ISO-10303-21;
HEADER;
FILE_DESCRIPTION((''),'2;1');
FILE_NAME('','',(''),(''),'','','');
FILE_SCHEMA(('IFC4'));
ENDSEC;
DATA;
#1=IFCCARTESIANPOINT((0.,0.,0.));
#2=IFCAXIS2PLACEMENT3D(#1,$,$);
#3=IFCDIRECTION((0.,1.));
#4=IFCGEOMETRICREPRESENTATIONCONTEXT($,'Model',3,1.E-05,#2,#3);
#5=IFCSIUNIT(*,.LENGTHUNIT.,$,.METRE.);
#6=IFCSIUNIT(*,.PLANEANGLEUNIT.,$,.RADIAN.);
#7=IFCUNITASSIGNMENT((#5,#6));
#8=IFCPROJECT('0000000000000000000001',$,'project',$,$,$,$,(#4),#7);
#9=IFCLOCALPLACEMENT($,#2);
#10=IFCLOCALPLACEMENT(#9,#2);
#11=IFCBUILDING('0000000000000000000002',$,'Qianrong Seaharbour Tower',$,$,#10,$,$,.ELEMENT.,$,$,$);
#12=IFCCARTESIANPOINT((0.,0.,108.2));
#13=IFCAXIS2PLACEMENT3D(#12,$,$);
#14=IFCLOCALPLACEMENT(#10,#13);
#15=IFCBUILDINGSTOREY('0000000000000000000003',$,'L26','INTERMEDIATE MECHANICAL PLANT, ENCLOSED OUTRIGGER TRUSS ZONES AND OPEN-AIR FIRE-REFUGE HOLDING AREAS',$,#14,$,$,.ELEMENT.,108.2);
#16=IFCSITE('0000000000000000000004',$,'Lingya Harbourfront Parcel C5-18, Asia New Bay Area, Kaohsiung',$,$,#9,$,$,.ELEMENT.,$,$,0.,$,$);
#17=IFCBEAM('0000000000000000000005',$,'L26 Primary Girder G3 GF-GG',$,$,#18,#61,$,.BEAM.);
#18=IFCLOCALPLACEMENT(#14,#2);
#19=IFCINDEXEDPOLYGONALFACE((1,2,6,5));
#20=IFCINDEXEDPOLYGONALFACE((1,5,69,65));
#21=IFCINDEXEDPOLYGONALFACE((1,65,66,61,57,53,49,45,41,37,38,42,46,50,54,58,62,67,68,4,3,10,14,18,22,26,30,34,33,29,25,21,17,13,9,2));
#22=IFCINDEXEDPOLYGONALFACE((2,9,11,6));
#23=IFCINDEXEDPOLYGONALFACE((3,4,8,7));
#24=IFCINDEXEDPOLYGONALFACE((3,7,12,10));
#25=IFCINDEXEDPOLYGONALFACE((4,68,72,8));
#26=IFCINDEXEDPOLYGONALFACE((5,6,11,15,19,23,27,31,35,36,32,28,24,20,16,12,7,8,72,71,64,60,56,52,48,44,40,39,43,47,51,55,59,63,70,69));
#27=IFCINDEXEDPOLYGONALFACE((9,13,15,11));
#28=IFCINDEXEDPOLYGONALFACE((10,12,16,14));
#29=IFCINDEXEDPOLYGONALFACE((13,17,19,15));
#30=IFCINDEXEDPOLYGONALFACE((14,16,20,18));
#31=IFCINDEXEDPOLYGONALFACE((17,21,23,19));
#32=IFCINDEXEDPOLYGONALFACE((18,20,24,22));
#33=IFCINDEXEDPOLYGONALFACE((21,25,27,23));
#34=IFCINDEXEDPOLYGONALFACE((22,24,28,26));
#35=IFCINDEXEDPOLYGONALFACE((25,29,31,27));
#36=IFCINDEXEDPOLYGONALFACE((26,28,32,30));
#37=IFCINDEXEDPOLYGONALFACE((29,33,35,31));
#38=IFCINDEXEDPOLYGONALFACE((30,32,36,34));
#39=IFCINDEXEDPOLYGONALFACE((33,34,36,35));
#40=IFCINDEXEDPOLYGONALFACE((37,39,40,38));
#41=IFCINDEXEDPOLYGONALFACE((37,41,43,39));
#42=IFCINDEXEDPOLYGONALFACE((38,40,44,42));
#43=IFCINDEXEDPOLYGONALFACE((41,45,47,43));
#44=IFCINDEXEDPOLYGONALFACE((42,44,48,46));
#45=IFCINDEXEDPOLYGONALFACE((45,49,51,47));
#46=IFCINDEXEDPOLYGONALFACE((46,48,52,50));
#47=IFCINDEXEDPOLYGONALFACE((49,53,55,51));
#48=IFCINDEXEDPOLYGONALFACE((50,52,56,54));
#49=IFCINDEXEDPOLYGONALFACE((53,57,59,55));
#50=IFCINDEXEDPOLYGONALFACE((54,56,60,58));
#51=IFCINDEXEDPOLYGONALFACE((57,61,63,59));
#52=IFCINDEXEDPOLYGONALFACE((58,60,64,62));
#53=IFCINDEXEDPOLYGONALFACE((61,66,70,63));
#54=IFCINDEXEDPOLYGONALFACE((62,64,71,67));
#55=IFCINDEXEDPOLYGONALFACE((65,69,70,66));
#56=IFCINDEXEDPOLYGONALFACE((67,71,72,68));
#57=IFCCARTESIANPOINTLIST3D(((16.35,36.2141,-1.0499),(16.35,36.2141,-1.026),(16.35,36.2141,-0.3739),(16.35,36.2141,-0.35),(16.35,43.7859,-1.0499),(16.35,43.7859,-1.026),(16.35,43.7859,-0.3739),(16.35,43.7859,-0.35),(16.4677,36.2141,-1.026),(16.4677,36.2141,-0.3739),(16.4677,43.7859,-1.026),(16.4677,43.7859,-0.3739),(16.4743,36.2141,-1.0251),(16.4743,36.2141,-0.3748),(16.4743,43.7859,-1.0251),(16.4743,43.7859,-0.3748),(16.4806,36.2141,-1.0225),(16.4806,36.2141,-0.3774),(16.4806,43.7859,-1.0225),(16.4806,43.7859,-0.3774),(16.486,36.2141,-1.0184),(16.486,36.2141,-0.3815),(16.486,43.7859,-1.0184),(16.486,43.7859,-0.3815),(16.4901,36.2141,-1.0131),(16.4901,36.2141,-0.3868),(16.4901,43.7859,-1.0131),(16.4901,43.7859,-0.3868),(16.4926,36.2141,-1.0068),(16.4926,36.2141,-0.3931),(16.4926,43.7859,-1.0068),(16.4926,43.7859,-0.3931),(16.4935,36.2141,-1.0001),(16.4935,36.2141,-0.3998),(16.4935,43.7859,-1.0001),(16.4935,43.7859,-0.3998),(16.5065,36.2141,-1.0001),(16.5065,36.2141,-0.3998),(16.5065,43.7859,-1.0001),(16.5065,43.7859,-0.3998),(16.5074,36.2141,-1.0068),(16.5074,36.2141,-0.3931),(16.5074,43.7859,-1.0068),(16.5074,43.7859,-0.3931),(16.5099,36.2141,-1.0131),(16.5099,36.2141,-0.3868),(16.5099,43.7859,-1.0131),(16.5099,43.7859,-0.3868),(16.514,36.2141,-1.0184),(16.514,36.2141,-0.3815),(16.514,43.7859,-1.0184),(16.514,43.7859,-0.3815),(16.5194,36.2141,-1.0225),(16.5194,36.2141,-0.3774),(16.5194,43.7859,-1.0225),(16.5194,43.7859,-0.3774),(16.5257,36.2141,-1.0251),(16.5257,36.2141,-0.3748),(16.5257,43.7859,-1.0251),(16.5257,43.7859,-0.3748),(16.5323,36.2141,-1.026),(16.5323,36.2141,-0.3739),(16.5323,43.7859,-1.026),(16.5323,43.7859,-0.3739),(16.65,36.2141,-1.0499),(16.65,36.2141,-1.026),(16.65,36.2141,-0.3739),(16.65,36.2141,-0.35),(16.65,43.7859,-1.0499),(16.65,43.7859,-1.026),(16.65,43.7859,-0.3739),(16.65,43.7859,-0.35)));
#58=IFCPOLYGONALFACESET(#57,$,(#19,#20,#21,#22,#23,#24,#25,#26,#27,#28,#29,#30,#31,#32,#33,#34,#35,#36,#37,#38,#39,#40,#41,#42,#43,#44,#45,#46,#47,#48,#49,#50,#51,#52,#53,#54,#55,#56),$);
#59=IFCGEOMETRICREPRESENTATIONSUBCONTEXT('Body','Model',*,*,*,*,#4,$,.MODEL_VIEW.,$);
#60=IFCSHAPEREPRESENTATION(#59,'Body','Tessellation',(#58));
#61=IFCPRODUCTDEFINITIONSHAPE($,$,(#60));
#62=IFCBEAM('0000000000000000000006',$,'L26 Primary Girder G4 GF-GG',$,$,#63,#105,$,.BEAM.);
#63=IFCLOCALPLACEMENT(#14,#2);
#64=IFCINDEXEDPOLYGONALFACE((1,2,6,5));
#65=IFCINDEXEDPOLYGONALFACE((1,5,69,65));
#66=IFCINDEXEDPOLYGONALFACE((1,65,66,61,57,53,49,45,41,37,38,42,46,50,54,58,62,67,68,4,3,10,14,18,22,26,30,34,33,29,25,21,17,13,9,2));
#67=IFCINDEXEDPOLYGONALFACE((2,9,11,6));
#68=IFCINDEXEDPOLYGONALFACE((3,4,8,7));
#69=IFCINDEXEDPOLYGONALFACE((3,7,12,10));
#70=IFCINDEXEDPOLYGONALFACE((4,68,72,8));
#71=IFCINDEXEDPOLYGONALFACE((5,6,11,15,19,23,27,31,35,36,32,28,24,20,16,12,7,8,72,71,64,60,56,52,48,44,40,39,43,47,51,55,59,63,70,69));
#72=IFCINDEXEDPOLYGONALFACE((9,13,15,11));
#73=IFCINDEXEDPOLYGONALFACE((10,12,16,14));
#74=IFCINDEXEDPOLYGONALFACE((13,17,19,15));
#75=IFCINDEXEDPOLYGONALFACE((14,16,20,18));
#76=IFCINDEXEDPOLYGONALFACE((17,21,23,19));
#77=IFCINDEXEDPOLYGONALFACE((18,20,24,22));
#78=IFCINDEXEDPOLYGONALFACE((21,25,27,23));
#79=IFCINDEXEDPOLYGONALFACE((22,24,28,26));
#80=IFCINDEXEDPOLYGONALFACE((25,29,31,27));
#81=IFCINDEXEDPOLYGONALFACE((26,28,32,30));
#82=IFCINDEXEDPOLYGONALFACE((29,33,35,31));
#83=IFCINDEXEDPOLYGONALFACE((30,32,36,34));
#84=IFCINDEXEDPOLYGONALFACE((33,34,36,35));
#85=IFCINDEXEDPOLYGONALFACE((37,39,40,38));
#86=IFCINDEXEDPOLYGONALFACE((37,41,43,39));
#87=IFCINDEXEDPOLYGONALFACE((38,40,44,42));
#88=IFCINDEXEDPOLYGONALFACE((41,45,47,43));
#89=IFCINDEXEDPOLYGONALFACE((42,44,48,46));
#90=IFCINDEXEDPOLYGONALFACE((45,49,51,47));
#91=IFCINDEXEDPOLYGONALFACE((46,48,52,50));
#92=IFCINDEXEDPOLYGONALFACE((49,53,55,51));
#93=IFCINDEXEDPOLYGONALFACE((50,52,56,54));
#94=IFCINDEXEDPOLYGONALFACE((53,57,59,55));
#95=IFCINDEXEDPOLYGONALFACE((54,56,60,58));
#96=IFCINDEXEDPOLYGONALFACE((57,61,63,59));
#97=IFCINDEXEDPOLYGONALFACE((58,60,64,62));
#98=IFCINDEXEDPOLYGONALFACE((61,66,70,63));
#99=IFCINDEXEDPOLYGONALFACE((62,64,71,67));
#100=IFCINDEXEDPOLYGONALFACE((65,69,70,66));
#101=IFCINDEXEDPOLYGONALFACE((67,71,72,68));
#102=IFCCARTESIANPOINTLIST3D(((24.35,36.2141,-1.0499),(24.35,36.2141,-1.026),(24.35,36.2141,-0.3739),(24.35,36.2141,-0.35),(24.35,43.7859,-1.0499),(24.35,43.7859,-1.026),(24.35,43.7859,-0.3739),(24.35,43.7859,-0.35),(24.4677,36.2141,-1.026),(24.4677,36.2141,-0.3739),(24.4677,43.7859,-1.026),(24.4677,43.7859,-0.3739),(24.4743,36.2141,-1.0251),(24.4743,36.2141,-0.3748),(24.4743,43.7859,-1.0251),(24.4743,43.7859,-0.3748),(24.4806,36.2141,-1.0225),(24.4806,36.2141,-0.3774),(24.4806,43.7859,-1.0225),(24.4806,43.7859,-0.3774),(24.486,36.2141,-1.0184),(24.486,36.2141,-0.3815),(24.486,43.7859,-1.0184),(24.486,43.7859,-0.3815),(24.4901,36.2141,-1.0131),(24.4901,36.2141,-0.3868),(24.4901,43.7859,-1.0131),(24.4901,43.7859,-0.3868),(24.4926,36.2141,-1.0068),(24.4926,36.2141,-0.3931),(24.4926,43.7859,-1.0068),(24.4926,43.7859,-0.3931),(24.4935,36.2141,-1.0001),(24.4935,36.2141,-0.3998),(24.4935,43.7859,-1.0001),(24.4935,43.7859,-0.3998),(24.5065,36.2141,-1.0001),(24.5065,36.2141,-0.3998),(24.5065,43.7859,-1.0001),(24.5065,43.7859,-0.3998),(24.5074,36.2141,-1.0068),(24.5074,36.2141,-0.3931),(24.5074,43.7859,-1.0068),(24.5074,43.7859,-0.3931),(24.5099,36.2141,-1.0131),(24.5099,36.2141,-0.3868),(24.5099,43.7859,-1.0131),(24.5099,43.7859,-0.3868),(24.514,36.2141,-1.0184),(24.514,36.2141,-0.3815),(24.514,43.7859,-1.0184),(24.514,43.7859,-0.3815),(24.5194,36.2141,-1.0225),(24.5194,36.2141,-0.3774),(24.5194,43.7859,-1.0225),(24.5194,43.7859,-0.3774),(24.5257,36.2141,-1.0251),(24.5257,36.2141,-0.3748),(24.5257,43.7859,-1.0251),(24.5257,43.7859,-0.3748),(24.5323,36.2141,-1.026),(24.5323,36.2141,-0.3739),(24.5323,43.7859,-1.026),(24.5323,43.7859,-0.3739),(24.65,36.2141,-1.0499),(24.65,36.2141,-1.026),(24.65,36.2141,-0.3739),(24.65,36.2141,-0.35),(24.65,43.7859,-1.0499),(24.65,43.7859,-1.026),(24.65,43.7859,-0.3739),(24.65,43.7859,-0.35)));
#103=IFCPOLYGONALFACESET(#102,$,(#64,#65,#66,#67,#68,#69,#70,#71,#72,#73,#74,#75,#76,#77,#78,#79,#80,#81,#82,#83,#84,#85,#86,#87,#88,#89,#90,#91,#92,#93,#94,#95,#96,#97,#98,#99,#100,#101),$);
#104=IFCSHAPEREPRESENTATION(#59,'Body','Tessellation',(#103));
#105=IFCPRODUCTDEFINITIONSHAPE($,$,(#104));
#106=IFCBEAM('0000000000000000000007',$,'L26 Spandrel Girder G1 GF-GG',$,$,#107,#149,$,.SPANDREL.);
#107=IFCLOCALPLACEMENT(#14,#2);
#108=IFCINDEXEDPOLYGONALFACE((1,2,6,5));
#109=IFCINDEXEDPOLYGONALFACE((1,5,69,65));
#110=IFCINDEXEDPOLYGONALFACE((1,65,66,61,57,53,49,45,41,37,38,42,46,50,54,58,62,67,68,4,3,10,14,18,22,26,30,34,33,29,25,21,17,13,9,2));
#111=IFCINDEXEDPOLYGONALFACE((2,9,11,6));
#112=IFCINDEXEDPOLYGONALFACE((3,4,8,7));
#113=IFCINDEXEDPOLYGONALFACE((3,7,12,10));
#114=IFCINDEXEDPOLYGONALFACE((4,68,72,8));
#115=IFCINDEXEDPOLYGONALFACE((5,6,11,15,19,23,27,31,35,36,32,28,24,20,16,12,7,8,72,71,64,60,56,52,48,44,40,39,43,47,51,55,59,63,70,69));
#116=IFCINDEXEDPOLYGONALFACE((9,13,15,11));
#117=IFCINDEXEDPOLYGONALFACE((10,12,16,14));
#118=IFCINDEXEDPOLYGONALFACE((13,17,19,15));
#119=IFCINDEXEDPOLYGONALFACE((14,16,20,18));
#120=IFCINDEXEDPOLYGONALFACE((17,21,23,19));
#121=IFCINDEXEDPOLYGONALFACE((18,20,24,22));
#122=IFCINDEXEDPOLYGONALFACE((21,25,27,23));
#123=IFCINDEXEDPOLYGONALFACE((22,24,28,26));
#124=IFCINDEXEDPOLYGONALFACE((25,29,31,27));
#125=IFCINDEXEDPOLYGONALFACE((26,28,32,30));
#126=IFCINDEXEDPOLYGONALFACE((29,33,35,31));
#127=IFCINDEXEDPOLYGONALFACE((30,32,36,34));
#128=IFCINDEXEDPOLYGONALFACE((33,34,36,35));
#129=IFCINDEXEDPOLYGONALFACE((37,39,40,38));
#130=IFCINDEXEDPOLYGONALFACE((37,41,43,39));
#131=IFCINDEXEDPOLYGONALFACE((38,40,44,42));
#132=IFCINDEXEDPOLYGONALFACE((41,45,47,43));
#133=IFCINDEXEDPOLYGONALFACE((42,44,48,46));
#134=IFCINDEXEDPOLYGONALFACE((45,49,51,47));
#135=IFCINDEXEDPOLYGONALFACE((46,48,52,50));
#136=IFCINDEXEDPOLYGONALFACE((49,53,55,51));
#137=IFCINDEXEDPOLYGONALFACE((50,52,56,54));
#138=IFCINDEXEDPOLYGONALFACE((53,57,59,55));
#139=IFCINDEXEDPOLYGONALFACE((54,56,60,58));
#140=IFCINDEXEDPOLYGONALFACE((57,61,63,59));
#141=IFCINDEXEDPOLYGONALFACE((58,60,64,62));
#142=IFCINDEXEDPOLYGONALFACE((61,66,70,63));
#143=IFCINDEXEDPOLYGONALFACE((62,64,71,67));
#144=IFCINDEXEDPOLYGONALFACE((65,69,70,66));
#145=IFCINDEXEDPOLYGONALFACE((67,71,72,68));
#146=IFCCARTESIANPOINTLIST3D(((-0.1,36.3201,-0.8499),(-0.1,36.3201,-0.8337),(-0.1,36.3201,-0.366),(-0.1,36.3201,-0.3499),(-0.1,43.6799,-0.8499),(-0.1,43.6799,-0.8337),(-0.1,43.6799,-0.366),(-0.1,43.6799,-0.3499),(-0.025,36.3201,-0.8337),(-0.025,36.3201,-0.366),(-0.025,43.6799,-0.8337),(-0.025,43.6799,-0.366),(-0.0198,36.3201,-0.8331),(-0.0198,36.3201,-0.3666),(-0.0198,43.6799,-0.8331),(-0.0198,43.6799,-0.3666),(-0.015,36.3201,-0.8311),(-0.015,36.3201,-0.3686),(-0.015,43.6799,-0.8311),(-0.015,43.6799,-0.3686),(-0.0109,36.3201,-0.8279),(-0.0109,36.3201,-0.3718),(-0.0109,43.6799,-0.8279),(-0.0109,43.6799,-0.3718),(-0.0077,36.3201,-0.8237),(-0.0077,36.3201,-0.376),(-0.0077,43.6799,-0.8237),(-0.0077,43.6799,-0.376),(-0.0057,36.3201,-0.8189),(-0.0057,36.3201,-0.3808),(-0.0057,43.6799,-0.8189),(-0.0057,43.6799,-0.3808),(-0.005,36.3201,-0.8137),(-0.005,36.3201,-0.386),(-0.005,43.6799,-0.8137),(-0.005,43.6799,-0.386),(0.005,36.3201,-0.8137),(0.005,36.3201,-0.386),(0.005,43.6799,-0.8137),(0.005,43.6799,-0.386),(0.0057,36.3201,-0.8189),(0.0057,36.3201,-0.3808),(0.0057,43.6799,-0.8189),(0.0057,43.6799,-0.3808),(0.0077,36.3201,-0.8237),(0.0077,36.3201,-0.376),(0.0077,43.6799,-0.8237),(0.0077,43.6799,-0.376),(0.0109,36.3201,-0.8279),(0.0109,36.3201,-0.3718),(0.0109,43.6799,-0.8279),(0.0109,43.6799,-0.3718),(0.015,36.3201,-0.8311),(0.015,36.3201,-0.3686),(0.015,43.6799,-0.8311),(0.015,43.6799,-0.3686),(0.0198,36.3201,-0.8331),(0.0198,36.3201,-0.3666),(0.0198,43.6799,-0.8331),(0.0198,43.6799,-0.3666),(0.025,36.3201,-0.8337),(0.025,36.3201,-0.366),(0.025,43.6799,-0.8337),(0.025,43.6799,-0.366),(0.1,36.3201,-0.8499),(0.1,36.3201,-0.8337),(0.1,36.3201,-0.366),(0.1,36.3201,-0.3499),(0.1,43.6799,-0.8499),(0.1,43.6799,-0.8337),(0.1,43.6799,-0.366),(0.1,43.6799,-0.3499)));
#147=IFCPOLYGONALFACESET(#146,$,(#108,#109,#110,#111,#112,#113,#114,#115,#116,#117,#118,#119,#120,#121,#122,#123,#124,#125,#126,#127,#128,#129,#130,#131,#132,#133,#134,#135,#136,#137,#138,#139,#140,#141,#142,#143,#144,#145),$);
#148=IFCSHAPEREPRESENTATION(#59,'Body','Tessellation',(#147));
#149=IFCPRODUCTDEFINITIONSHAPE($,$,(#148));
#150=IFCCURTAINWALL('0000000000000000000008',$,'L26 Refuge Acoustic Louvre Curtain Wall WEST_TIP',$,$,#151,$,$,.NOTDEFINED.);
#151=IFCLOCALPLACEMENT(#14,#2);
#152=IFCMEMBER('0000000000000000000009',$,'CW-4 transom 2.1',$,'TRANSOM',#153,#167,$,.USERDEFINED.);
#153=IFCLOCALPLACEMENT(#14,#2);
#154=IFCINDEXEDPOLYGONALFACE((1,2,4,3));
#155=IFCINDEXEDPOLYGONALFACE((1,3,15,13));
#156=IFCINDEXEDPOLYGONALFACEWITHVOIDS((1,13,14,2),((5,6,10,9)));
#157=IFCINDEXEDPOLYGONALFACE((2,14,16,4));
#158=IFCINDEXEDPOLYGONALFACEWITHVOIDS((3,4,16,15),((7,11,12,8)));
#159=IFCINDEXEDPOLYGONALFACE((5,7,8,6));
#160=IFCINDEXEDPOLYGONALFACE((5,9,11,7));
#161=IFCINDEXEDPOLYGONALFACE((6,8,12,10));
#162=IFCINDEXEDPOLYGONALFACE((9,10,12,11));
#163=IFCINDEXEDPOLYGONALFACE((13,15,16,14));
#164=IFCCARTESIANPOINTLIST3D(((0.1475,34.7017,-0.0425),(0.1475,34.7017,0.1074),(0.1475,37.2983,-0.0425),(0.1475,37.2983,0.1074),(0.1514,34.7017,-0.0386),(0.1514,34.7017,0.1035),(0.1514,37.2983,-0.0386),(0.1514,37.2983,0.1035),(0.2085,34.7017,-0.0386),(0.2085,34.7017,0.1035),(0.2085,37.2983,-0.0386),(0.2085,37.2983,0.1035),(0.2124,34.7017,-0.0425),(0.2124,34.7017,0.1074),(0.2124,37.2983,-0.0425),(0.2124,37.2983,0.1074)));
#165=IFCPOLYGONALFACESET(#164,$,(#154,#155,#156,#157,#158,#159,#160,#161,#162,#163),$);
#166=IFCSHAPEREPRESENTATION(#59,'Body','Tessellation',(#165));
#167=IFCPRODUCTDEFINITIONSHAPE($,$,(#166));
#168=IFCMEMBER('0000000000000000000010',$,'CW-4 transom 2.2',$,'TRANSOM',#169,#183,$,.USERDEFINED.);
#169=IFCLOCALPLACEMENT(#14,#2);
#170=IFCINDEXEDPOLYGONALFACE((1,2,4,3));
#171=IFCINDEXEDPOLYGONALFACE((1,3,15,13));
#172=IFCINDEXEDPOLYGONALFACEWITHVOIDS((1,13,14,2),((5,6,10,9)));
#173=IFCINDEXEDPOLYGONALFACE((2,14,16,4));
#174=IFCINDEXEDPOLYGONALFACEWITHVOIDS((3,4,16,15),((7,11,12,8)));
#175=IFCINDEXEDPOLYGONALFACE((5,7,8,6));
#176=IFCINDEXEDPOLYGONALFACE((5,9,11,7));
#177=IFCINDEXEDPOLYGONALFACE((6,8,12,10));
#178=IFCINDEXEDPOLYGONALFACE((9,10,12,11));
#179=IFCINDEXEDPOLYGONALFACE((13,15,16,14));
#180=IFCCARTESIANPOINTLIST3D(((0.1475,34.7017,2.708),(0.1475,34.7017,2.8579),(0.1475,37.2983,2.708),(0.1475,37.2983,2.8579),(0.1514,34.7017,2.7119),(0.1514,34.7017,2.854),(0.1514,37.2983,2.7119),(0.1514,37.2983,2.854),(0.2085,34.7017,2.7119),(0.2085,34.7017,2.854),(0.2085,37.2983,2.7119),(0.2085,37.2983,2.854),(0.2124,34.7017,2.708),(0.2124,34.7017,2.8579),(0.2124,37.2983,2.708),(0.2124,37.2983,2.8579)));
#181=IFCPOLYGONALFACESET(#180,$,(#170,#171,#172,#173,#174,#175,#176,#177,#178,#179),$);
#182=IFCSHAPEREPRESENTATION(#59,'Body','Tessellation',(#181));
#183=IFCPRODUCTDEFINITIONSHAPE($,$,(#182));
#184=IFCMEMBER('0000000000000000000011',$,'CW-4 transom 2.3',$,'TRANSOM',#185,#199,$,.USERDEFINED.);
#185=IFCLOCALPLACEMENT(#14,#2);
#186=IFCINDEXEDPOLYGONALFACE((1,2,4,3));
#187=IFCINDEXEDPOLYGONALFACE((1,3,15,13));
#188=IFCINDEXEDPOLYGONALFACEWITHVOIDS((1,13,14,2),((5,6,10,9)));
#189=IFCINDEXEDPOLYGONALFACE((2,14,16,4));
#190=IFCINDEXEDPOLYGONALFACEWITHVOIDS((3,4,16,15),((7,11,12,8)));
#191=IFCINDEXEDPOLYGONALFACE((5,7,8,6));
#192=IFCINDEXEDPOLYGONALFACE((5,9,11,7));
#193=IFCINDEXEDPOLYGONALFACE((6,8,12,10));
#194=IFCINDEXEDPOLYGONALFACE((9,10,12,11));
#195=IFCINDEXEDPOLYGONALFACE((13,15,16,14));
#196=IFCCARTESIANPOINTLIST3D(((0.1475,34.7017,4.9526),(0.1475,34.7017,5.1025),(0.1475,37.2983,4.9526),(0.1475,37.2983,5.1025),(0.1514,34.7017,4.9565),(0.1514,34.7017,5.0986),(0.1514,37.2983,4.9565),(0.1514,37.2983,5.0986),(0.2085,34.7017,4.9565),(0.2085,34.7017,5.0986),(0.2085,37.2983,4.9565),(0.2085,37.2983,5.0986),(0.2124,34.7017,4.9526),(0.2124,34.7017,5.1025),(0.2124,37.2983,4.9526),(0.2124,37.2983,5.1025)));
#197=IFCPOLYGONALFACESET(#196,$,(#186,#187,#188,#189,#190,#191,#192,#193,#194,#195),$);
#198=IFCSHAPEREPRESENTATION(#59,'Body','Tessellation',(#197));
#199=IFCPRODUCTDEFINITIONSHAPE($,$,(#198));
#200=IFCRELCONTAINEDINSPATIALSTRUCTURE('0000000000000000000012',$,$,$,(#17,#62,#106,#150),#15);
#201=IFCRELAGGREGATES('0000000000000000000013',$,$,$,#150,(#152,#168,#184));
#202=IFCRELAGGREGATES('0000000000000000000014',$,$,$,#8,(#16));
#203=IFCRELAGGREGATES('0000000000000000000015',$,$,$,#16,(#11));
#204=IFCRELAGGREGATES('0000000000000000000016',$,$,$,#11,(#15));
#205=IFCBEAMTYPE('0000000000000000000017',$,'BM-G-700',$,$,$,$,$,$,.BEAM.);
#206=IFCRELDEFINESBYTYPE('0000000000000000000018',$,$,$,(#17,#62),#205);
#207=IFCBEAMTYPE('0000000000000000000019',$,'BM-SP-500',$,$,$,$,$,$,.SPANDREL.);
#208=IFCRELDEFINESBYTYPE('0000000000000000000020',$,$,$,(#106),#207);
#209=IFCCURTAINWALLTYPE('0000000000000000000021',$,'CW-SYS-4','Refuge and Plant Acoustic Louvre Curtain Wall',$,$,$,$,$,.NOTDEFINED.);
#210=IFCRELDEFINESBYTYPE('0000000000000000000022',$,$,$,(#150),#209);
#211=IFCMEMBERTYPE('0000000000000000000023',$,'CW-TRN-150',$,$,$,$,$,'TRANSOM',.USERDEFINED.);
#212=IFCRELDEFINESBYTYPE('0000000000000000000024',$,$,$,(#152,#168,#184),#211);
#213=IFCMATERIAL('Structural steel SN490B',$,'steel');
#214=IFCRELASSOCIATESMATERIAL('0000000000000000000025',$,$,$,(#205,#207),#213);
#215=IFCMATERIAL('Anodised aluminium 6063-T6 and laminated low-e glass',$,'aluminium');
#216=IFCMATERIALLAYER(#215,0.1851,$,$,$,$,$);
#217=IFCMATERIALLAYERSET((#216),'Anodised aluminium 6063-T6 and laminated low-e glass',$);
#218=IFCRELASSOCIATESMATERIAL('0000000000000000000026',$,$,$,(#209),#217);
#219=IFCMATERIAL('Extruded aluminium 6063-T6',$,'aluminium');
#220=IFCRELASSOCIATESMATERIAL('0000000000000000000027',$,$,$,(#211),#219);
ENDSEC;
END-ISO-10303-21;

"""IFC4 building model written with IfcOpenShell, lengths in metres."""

from ifc_helpers import new_model, si_unit, direction, frame, origin, origin_2d, place, context, subcontext, project, spatial, hollow_rectangle, i_section, extrude, material, layer, layer_set, material_profile, profile_set, type_object, element, aggregate, save


model = new_model("IFC4")

# Units and contexts
model_context = context("Model", 3, precision=1e-05, world=origin(), true_north=direction((0.0, 1.0)))
body_context = subcontext(model_context, "Body", "Model", "MODEL_VIEW")
ifc_project = project(units=[si_unit("LENGTHUNIT", "METRE"), si_unit("PLANEANGLEUNIT", "RADIAN")], contexts=[model_context])

# Site, building, storey
site_placement = place(None, origin())
site = spatial("IfcSite", under=ifc_project, at=site_placement, Name="Lingya Harbourfront Parcel C5-18, Asia New Bay Area, Kaohsiung", CompositionType="ELEMENT", RefElevation=0.0)
building_placement = place(site_placement, origin())
building = spatial("IfcBuilding", under=site, at=building_placement, Name="Qianrong Seaharbour Tower", CompositionType="ELEMENT")
storey_placement = place(building_placement, frame((0.0, 0.0, 108.2)))
storey = spatial("IfcBuildingStorey", under=building, at=storey_placement, Name="L26", Description="INTERMEDIATE MECHANICAL PLANT, ENCLOSED OUTRIGGER TRUSS ZONES AND OPEN-AIR FIRE-REFUGE HOLDING AREAS", CompositionType="ELEMENT", Elevation=108.2)

# Shared definitions
ifc_material_1 = material(Name="Structural steel SN490B", Category="steel")

# Beams
ifc_material_profile_1 = material_profile(ifc_material_1, i_section(OverallWidth=0.3, OverallDepth=0.7, WebThickness=0.0129, FlangeThickness=0.0239, FilletRadius=0.0259, at=origin_2d()), Name="H700x300x13x24")
ifc_profile_set_1 = profile_set([ifc_material_profile_1], Name="Structural steel SN490B")
beam_type_1 = type_object("IfcBeamType", Name="BM-G-700", PredefinedType="BEAM", material=ifc_profile_set_1)
for number, where, z_axis, x_axis, name in (
    (1, (16.5, 36.2141, -0.7), (0.0, 1.0, 0.0), (-1.0, 0.0, 0.0), "L26 Primary Girder G3 GF-GG"),
    (2, (24.5, 36.2141, -0.7), (0.0, 1.0, 0.0), (-1.0, 0.0, 0.0), "L26 Primary Girder G4 GF-GG"),
):
    element("IfcBeam", number, at=place(storey_placement, frame(where, z_axis=z_axis, x_axis=x_axis)), inside=storey, type_object=beam_type_1, Name=name, PredefinedType="BEAM", context=body_context, shape_type="SweptSolid", body=[
        extrude(i_section(OverallWidth=0.3, OverallDepth=0.7, WebThickness=0.0129, FlangeThickness=0.0239, FilletRadius=0.0259, at=origin_2d()), origin(), (0.0, 0.0, 1.0), 7.5718),
    ])
ifc_material_profile_2 = material_profile(ifc_material_1, i_section(OverallWidth=0.2, OverallDepth=0.5, WebThickness=0.01, FlangeThickness=0.0161, FilletRadius=0.02, at=origin_2d()), Name="H500x200x10x16")
ifc_profile_set_2 = profile_set([ifc_material_profile_2], Name="Structural steel SN490B")
beam_type_2 = type_object("IfcBeamType", Name="BM-SP-500", PredefinedType="SPANDREL", material=ifc_profile_set_2)
beam_1_placement = place(storey_placement, frame((0.0, 36.3201, -0.5999), z_axis=(0.0, 1.0, 0.0), x_axis=(-1.0, 0.0, 0.0)))
element("IfcBeam", 3, at=beam_1_placement, inside=storey, type_object=beam_type_2, Name="L26 Spandrel Girder G1 GF-GG", PredefinedType="SPANDREL", context=body_context, shape_type="SweptSolid", body=[
    extrude(i_section(OverallWidth=0.2, OverallDepth=0.5, WebThickness=0.01, FlangeThickness=0.0161, FilletRadius=0.02, at=origin_2d()), origin(), (0.0, 0.0, 1.0), 7.3599),
])

# Curtain wall, members
ifc_material_2 = material(Name="Anodised aluminium 6063-T6 and laminated low-e glass", Category="aluminium")
ifc_layer_1 = layer(ifc_material_2, 0.1851)
ifc_layer_set_1 = layer_set([ifc_layer_1], Name="Anodised aluminium 6063-T6 and laminated low-e glass")
curtain_wall_type = type_object("IfcCurtainWallType", Name="CW-SYS-4", Description="Refuge and Plant Acoustic Louvre Curtain Wall", PredefinedType="NOTDEFINED", material=ifc_layer_set_1)
curtain_wall_placement = place(storey_placement, origin())
curtain_wall = element("IfcCurtainWall", 4, at=curtain_wall_placement, inside=storey, type_object=curtain_wall_type, Name="L26 Refuge Acoustic Louvre Curtain Wall WEST_TIP", PredefinedType="NOTDEFINED")
ifc_material_3 = material(Name="Extruded aluminium 6063-T6", Category="aluminium")
ifc_material_profile_3 = material_profile(ifc_material_3, hollow_rectangle(XDim=0.0649, YDim=0.1499, WallThickness=0.0039, at=origin_2d()), Name="ALU-TRN-150x65x4")
ifc_profile_set_3 = profile_set([ifc_material_profile_3], Name="Extruded aluminium 6063-T6")
member_type_1 = type_object("IfcMemberType", Name="CW-TRN-150", ElementType="TRANSOM", PredefinedType="USERDEFINED", material=ifc_profile_set_3)
member_1_placement = place(storey_placement, frame((0.1799, 34.7017, 0.0325), z_axis=(0.0, 1.0, 0.0), x_axis=(-1.0, 0.0, 0.0)))
member_1 = element("IfcMember", 5, at=member_1_placement, type_object=member_type_1, Name="CW-4 transom 2.1", ObjectType="TRANSOM", PredefinedType="USERDEFINED", context=body_context, shape_type="SweptSolid", body=[
    extrude(hollow_rectangle(XDim=0.0649, YDim=0.1499, WallThickness=0.0039, at=origin_2d()), origin(), (0.0, 0.0, 1.0), 2.5967),
])
member_2_placement = place(storey_placement, frame((0.1799, 34.7017, 2.783), z_axis=(0.0, 1.0, 0.0), x_axis=(-1.0, 0.0, 0.0)))
member_2 = element("IfcMember", 6, at=member_2_placement, type_object=member_type_1, Name="CW-4 transom 2.2", ObjectType="TRANSOM", PredefinedType="USERDEFINED", context=body_context, shape_type="SweptSolid", body=[
    extrude(hollow_rectangle(XDim=0.0649, YDim=0.1499, WallThickness=0.0039, at=origin_2d()), origin(), (0.0, 0.0, 1.0), 2.5967),
])
member_3_placement = place(storey_placement, frame((0.1799, 34.7017, 5.0276), z_axis=(0.0, 1.0, 0.0), x_axis=(-1.0, 0.0, 0.0)))
member_3 = element("IfcMember", 7, at=member_3_placement, type_object=member_type_1, Name="CW-4 transom 2.3", ObjectType="TRANSOM", PredefinedType="USERDEFINED", context=body_context, shape_type="SweptSolid", body=[
    extrude(hollow_rectangle(XDim=0.0649, YDim=0.1499, WallThickness=0.0039, at=origin_2d()), origin(), (0.0, 0.0, 1.0), 2.5967),
])

aggregate(curtain_wall, [member_1, member_2, member_3])

save(model, "model.ifc")
